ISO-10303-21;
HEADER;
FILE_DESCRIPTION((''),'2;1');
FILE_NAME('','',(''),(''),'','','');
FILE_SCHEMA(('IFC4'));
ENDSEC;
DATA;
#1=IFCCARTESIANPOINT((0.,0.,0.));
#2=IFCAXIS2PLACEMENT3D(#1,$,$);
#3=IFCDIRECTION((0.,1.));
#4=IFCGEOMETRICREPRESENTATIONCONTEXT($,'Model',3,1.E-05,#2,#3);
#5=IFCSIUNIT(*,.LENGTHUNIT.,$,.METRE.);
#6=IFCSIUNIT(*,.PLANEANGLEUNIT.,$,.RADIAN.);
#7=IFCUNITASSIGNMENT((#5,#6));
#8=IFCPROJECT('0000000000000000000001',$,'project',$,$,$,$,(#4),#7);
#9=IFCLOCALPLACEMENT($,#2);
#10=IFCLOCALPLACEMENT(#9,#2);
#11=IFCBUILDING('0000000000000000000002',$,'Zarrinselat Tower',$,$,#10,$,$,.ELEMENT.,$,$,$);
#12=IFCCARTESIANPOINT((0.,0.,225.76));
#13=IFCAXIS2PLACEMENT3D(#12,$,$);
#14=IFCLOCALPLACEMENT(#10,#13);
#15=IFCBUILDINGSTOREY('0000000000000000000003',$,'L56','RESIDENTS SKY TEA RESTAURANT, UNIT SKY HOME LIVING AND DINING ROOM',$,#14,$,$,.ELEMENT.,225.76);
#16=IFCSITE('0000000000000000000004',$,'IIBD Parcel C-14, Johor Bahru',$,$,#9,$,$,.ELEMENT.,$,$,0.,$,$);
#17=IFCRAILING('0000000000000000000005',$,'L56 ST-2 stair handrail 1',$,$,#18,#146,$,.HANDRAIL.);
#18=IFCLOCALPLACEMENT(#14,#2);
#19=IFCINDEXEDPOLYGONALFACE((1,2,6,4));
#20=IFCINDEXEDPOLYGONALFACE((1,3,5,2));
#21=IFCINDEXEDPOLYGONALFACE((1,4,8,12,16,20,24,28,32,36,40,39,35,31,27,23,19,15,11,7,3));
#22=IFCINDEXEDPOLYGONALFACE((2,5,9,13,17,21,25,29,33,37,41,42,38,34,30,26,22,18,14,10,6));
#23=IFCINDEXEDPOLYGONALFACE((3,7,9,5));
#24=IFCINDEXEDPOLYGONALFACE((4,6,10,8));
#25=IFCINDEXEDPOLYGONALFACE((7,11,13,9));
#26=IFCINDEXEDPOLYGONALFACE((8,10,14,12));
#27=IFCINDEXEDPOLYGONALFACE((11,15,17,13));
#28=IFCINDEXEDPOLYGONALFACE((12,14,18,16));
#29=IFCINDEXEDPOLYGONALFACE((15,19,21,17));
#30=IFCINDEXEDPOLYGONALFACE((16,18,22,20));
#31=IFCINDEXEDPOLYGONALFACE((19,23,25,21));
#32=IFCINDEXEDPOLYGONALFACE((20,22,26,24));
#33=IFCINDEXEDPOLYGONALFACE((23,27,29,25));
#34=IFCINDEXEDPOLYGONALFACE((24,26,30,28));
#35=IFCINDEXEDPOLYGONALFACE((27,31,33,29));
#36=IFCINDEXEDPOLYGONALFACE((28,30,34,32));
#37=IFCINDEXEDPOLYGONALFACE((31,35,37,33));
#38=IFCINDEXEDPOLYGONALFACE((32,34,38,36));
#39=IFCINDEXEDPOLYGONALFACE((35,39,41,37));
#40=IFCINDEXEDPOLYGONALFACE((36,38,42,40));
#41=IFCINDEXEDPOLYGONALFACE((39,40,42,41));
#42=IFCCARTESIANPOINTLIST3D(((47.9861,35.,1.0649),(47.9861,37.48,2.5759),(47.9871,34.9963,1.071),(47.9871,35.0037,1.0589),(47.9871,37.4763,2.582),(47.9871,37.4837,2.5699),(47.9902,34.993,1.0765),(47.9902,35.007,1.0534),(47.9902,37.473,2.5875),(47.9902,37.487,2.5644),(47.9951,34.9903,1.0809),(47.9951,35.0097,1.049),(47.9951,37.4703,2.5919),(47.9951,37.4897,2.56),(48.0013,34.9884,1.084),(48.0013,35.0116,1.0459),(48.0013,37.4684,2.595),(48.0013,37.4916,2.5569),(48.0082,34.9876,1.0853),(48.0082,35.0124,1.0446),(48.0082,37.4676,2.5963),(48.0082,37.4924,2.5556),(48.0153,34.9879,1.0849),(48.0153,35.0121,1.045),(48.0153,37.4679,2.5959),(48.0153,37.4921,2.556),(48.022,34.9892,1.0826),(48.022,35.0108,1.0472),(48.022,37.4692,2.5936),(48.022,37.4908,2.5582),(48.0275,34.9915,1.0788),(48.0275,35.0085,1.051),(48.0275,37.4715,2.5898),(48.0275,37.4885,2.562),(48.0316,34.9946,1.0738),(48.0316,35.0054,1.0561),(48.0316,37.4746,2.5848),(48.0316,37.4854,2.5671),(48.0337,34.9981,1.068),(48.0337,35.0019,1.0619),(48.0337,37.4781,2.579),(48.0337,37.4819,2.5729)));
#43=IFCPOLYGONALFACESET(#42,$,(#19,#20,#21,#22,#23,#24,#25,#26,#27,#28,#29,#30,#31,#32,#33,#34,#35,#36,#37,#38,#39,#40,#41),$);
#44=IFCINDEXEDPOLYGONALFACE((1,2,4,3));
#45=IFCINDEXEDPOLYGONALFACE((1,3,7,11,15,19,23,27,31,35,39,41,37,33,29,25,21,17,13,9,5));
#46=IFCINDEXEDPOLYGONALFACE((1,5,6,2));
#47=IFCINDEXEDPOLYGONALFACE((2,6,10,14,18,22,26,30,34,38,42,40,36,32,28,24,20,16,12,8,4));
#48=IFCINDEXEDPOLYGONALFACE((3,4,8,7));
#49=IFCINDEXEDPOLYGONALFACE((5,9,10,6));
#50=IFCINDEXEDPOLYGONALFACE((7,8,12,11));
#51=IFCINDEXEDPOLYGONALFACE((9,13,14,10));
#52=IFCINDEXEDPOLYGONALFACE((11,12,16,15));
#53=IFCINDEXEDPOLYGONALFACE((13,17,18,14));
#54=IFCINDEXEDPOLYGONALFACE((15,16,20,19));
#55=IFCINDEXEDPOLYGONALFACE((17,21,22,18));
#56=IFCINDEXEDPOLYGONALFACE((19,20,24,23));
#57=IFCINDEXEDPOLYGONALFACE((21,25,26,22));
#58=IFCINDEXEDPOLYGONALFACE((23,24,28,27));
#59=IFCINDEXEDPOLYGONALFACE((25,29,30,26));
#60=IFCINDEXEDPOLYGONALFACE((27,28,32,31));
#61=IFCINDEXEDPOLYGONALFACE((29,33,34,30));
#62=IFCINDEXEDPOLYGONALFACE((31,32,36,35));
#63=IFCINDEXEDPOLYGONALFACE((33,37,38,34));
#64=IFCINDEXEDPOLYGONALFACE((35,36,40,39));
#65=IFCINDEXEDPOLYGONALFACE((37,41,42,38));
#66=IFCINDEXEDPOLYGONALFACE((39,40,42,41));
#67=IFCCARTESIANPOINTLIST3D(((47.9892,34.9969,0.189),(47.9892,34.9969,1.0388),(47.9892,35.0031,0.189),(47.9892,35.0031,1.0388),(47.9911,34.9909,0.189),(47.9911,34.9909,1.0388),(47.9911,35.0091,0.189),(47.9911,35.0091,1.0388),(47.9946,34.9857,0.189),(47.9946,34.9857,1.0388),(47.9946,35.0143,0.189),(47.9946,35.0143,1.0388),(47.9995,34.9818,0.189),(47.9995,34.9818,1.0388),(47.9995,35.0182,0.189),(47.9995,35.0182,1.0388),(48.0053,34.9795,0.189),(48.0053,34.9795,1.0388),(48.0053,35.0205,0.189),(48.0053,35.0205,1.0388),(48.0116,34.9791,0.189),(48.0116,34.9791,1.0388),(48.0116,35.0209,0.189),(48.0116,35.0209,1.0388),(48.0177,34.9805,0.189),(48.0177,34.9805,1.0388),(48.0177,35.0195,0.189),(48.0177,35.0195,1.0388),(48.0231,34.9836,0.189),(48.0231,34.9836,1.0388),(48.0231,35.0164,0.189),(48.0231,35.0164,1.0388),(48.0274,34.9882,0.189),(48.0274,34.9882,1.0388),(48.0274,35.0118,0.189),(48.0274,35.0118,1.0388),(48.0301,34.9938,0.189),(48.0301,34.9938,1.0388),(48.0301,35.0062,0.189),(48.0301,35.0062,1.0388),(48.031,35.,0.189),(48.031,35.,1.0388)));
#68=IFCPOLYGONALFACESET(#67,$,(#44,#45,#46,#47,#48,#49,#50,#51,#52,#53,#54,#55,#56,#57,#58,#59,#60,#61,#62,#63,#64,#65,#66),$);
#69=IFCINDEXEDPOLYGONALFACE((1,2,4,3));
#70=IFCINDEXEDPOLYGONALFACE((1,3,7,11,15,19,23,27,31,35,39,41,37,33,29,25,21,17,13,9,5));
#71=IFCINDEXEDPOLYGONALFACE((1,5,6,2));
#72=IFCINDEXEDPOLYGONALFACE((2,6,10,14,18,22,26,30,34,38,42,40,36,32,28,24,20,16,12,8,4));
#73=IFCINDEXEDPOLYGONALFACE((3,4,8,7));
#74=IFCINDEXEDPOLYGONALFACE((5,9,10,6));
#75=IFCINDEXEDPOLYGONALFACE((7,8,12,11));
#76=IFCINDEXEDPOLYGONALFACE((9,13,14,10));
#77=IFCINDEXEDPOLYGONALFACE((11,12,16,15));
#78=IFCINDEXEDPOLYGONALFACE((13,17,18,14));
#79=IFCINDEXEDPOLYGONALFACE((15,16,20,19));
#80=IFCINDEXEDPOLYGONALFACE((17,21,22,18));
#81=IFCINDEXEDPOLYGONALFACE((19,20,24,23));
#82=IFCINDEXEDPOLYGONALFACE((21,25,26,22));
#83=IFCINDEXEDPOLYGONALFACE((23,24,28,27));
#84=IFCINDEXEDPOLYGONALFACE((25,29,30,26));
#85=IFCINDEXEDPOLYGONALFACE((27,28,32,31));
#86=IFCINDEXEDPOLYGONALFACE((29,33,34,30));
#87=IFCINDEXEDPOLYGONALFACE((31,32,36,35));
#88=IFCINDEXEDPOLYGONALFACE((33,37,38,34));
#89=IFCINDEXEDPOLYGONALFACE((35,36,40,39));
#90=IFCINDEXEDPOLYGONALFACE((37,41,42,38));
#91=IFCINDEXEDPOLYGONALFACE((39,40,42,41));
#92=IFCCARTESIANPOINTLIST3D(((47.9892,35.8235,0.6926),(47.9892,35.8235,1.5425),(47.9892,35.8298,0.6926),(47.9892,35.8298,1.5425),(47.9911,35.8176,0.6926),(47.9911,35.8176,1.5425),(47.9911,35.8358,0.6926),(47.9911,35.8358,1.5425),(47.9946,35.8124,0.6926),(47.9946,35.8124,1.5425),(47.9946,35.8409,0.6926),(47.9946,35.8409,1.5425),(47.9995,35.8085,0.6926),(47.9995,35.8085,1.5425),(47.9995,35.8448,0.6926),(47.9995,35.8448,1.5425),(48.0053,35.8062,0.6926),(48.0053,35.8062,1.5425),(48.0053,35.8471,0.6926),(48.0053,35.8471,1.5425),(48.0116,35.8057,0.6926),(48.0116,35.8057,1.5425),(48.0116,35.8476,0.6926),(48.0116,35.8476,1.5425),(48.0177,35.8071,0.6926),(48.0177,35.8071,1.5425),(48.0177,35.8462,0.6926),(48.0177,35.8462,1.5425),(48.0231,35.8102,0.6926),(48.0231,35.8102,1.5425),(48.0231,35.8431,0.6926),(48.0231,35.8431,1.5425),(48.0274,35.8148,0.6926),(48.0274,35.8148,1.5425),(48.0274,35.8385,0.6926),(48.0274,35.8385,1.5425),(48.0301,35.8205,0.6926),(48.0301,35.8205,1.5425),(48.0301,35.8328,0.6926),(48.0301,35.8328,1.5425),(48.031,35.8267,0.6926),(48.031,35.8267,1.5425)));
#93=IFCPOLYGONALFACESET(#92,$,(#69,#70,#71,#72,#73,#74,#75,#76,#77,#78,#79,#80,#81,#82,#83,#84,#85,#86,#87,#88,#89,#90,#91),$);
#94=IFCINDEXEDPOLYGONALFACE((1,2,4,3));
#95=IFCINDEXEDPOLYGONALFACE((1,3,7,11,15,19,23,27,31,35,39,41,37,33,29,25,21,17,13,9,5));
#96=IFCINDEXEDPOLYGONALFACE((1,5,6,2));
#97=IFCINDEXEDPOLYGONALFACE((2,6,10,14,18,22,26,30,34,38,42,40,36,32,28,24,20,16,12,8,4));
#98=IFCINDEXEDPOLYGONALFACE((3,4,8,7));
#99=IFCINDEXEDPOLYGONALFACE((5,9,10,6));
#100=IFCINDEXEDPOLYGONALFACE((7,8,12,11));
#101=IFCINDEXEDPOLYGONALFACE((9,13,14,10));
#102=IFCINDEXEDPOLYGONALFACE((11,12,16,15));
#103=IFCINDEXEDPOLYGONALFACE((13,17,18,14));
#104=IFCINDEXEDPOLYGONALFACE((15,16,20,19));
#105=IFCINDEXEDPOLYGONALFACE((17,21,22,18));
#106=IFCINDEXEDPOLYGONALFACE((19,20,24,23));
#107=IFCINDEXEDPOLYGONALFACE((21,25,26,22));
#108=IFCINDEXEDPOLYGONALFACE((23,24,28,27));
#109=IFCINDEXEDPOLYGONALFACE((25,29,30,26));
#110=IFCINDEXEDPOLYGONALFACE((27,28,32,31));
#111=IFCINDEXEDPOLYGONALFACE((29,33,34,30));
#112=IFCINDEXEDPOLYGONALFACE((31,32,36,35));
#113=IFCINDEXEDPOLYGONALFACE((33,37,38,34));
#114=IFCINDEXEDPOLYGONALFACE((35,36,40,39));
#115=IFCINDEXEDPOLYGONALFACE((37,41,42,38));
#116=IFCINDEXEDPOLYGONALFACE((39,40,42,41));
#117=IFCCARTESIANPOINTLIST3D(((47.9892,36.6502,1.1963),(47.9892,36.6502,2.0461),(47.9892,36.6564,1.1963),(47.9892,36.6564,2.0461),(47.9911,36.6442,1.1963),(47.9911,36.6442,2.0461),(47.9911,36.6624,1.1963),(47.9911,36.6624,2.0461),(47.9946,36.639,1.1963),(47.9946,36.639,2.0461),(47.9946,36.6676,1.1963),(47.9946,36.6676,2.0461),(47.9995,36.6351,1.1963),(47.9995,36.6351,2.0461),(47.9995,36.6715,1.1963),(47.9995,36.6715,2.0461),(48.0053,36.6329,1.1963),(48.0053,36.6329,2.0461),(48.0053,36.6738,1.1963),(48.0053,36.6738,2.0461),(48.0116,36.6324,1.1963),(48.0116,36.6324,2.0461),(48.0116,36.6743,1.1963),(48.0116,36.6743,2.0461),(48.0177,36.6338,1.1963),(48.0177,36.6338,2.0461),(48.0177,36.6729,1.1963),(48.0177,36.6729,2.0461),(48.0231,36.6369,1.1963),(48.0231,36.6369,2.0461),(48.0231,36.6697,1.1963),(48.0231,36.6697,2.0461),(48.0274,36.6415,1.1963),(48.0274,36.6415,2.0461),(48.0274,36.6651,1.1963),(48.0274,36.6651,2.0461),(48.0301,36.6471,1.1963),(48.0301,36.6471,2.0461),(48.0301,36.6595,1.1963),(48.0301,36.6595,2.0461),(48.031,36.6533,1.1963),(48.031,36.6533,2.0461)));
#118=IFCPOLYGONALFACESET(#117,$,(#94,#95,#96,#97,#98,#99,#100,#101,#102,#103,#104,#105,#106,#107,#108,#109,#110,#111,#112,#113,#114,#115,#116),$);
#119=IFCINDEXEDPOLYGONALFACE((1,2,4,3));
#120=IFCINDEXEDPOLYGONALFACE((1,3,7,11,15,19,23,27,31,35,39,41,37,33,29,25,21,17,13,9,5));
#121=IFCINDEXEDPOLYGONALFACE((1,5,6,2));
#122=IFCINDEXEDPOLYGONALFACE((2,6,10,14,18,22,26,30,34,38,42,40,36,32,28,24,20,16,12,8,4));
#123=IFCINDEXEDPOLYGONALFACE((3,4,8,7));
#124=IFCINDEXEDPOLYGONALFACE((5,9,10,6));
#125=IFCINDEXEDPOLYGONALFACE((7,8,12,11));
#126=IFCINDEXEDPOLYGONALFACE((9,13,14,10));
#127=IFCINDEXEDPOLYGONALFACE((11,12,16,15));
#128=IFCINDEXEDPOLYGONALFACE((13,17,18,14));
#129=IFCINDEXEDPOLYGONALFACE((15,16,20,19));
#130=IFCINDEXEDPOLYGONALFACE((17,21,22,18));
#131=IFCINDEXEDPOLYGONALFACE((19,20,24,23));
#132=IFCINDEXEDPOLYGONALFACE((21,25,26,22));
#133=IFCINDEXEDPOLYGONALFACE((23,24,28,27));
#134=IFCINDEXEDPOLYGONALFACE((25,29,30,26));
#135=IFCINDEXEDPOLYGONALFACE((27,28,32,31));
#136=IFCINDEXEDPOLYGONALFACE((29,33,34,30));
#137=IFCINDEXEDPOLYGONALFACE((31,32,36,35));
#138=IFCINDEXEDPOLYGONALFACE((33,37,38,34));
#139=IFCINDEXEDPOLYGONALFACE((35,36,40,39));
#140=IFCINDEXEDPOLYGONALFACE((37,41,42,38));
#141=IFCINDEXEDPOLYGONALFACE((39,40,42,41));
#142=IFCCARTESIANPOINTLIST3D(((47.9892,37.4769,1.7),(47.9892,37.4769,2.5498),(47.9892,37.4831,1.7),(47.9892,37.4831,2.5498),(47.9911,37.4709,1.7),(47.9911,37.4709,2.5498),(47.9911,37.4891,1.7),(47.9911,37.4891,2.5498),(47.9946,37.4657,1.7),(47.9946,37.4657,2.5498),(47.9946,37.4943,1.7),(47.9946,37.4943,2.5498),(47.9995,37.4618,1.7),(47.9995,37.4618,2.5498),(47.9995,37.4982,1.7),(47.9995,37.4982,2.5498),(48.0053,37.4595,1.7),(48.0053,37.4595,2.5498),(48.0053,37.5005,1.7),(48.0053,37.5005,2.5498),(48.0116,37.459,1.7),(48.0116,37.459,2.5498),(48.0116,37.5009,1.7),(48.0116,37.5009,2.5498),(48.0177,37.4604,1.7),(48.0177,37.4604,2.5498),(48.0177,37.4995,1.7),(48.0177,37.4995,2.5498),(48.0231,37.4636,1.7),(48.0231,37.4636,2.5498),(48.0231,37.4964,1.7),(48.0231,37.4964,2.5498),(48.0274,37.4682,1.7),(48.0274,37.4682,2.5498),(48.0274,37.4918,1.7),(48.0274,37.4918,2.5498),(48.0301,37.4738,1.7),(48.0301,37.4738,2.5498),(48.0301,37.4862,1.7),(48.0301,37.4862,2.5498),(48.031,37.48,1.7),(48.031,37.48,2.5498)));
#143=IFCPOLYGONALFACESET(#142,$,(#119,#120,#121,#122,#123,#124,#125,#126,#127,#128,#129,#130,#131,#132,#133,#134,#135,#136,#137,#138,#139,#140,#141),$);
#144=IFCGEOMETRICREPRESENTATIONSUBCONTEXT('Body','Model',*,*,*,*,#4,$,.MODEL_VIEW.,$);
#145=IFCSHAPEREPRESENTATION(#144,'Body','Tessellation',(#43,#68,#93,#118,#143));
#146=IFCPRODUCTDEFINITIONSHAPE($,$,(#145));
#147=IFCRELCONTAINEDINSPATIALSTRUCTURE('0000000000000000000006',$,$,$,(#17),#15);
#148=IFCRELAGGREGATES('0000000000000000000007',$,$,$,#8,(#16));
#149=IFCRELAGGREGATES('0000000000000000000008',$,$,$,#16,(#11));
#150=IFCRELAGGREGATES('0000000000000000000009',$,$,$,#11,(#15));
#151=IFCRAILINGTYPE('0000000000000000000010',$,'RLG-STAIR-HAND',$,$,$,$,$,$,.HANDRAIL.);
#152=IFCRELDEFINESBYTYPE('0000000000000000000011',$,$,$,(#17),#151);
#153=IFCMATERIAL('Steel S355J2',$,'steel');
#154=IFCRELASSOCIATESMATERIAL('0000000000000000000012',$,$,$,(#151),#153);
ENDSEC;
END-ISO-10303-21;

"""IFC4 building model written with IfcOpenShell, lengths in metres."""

from ifc_helpers import new_model, si_unit, direction, frame, origin, origin_2d, place, context, subcontext, project, spatial, circle, extrude, material, type_object, element, save


model = new_model("IFC4")

# Units and contexts
model_context = context("Model", 3, precision=1e-05, world=origin(), true_north=direction((0.0, 1.0)))
body_context = subcontext(model_context, "Body", "Model", "MODEL_VIEW")
ifc_project = project(units=[si_unit("LENGTHUNIT", "METRE"), si_unit("PLANEANGLEUNIT", "RADIAN")], contexts=[model_context])

# Site, building, storey
site_placement = place(None, origin())
site = spatial("IfcSite", under=ifc_project, at=site_placement, Name="IIBD Parcel C-14, Johor Bahru", CompositionType="ELEMENT", RefElevation=0.0)
building_placement = place(site_placement, origin())
building = spatial("IfcBuilding", under=site, at=building_placement, Name="Zarrinselat Tower", CompositionType="ELEMENT")
storey_placement = place(building_placement, frame((0.0, 0.0, 225.76)))
storey = spatial("IfcBuildingStorey", under=building, at=storey_placement, Name="L56", Description="RESIDENTS SKY TEA RESTAURANT, UNIT SKY HOME LIVING AND DINING ROOM", CompositionType="ELEMENT", Elevation=225.76)

# Railing
ifc_material_1 = material(Name="Steel S355J2", Category="steel")
railing_type_1 = type_object("IfcRailingType", Name="RLG-STAIR-HAND", PredefinedType="HANDRAIL", material=ifc_material_1)
railing_1_placement = place(storey_placement, frame((48.01, 35.0, 0.189)))
element("IfcRailing", 1, at=railing_1_placement, inside=storey, type_object=railing_type_1, Name="L56 ST-2 stair handrail 1", PredefinedType="HANDRAIL", context=body_context, shape_type="SweptSolid", body=[
    extrude(circle(Radius=0.0239, at=origin_2d()), frame((0.0, 0.0, 0.876), z_axis=(0.0, 0.853979, 0.520307), x_axis=(-1.0, 0.0, 0.0)), (0.0, 0.0, 1.0), 2.9041),
    extrude(circle(Radius=0.021, at=origin_2d()), origin(), (0.0, 0.0, 1.0), 0.8499),
    extrude(circle(Radius=0.021, at=origin_2d()), frame((0.0, 0.8267, 0.5037)), (0.0, 0.0, 1.0), 0.8499),
    extrude(circle(Radius=0.021, at=origin_2d()), frame((0.0, 1.6533, 1.0073)), (0.0, 0.0, 1.0), 0.8499),
    extrude(circle(Radius=0.021, at=origin_2d()), frame((0.0, 2.48, 1.511)), (0.0, 0.0, 1.0), 0.8499),
])

save(model, "model.ifc")
